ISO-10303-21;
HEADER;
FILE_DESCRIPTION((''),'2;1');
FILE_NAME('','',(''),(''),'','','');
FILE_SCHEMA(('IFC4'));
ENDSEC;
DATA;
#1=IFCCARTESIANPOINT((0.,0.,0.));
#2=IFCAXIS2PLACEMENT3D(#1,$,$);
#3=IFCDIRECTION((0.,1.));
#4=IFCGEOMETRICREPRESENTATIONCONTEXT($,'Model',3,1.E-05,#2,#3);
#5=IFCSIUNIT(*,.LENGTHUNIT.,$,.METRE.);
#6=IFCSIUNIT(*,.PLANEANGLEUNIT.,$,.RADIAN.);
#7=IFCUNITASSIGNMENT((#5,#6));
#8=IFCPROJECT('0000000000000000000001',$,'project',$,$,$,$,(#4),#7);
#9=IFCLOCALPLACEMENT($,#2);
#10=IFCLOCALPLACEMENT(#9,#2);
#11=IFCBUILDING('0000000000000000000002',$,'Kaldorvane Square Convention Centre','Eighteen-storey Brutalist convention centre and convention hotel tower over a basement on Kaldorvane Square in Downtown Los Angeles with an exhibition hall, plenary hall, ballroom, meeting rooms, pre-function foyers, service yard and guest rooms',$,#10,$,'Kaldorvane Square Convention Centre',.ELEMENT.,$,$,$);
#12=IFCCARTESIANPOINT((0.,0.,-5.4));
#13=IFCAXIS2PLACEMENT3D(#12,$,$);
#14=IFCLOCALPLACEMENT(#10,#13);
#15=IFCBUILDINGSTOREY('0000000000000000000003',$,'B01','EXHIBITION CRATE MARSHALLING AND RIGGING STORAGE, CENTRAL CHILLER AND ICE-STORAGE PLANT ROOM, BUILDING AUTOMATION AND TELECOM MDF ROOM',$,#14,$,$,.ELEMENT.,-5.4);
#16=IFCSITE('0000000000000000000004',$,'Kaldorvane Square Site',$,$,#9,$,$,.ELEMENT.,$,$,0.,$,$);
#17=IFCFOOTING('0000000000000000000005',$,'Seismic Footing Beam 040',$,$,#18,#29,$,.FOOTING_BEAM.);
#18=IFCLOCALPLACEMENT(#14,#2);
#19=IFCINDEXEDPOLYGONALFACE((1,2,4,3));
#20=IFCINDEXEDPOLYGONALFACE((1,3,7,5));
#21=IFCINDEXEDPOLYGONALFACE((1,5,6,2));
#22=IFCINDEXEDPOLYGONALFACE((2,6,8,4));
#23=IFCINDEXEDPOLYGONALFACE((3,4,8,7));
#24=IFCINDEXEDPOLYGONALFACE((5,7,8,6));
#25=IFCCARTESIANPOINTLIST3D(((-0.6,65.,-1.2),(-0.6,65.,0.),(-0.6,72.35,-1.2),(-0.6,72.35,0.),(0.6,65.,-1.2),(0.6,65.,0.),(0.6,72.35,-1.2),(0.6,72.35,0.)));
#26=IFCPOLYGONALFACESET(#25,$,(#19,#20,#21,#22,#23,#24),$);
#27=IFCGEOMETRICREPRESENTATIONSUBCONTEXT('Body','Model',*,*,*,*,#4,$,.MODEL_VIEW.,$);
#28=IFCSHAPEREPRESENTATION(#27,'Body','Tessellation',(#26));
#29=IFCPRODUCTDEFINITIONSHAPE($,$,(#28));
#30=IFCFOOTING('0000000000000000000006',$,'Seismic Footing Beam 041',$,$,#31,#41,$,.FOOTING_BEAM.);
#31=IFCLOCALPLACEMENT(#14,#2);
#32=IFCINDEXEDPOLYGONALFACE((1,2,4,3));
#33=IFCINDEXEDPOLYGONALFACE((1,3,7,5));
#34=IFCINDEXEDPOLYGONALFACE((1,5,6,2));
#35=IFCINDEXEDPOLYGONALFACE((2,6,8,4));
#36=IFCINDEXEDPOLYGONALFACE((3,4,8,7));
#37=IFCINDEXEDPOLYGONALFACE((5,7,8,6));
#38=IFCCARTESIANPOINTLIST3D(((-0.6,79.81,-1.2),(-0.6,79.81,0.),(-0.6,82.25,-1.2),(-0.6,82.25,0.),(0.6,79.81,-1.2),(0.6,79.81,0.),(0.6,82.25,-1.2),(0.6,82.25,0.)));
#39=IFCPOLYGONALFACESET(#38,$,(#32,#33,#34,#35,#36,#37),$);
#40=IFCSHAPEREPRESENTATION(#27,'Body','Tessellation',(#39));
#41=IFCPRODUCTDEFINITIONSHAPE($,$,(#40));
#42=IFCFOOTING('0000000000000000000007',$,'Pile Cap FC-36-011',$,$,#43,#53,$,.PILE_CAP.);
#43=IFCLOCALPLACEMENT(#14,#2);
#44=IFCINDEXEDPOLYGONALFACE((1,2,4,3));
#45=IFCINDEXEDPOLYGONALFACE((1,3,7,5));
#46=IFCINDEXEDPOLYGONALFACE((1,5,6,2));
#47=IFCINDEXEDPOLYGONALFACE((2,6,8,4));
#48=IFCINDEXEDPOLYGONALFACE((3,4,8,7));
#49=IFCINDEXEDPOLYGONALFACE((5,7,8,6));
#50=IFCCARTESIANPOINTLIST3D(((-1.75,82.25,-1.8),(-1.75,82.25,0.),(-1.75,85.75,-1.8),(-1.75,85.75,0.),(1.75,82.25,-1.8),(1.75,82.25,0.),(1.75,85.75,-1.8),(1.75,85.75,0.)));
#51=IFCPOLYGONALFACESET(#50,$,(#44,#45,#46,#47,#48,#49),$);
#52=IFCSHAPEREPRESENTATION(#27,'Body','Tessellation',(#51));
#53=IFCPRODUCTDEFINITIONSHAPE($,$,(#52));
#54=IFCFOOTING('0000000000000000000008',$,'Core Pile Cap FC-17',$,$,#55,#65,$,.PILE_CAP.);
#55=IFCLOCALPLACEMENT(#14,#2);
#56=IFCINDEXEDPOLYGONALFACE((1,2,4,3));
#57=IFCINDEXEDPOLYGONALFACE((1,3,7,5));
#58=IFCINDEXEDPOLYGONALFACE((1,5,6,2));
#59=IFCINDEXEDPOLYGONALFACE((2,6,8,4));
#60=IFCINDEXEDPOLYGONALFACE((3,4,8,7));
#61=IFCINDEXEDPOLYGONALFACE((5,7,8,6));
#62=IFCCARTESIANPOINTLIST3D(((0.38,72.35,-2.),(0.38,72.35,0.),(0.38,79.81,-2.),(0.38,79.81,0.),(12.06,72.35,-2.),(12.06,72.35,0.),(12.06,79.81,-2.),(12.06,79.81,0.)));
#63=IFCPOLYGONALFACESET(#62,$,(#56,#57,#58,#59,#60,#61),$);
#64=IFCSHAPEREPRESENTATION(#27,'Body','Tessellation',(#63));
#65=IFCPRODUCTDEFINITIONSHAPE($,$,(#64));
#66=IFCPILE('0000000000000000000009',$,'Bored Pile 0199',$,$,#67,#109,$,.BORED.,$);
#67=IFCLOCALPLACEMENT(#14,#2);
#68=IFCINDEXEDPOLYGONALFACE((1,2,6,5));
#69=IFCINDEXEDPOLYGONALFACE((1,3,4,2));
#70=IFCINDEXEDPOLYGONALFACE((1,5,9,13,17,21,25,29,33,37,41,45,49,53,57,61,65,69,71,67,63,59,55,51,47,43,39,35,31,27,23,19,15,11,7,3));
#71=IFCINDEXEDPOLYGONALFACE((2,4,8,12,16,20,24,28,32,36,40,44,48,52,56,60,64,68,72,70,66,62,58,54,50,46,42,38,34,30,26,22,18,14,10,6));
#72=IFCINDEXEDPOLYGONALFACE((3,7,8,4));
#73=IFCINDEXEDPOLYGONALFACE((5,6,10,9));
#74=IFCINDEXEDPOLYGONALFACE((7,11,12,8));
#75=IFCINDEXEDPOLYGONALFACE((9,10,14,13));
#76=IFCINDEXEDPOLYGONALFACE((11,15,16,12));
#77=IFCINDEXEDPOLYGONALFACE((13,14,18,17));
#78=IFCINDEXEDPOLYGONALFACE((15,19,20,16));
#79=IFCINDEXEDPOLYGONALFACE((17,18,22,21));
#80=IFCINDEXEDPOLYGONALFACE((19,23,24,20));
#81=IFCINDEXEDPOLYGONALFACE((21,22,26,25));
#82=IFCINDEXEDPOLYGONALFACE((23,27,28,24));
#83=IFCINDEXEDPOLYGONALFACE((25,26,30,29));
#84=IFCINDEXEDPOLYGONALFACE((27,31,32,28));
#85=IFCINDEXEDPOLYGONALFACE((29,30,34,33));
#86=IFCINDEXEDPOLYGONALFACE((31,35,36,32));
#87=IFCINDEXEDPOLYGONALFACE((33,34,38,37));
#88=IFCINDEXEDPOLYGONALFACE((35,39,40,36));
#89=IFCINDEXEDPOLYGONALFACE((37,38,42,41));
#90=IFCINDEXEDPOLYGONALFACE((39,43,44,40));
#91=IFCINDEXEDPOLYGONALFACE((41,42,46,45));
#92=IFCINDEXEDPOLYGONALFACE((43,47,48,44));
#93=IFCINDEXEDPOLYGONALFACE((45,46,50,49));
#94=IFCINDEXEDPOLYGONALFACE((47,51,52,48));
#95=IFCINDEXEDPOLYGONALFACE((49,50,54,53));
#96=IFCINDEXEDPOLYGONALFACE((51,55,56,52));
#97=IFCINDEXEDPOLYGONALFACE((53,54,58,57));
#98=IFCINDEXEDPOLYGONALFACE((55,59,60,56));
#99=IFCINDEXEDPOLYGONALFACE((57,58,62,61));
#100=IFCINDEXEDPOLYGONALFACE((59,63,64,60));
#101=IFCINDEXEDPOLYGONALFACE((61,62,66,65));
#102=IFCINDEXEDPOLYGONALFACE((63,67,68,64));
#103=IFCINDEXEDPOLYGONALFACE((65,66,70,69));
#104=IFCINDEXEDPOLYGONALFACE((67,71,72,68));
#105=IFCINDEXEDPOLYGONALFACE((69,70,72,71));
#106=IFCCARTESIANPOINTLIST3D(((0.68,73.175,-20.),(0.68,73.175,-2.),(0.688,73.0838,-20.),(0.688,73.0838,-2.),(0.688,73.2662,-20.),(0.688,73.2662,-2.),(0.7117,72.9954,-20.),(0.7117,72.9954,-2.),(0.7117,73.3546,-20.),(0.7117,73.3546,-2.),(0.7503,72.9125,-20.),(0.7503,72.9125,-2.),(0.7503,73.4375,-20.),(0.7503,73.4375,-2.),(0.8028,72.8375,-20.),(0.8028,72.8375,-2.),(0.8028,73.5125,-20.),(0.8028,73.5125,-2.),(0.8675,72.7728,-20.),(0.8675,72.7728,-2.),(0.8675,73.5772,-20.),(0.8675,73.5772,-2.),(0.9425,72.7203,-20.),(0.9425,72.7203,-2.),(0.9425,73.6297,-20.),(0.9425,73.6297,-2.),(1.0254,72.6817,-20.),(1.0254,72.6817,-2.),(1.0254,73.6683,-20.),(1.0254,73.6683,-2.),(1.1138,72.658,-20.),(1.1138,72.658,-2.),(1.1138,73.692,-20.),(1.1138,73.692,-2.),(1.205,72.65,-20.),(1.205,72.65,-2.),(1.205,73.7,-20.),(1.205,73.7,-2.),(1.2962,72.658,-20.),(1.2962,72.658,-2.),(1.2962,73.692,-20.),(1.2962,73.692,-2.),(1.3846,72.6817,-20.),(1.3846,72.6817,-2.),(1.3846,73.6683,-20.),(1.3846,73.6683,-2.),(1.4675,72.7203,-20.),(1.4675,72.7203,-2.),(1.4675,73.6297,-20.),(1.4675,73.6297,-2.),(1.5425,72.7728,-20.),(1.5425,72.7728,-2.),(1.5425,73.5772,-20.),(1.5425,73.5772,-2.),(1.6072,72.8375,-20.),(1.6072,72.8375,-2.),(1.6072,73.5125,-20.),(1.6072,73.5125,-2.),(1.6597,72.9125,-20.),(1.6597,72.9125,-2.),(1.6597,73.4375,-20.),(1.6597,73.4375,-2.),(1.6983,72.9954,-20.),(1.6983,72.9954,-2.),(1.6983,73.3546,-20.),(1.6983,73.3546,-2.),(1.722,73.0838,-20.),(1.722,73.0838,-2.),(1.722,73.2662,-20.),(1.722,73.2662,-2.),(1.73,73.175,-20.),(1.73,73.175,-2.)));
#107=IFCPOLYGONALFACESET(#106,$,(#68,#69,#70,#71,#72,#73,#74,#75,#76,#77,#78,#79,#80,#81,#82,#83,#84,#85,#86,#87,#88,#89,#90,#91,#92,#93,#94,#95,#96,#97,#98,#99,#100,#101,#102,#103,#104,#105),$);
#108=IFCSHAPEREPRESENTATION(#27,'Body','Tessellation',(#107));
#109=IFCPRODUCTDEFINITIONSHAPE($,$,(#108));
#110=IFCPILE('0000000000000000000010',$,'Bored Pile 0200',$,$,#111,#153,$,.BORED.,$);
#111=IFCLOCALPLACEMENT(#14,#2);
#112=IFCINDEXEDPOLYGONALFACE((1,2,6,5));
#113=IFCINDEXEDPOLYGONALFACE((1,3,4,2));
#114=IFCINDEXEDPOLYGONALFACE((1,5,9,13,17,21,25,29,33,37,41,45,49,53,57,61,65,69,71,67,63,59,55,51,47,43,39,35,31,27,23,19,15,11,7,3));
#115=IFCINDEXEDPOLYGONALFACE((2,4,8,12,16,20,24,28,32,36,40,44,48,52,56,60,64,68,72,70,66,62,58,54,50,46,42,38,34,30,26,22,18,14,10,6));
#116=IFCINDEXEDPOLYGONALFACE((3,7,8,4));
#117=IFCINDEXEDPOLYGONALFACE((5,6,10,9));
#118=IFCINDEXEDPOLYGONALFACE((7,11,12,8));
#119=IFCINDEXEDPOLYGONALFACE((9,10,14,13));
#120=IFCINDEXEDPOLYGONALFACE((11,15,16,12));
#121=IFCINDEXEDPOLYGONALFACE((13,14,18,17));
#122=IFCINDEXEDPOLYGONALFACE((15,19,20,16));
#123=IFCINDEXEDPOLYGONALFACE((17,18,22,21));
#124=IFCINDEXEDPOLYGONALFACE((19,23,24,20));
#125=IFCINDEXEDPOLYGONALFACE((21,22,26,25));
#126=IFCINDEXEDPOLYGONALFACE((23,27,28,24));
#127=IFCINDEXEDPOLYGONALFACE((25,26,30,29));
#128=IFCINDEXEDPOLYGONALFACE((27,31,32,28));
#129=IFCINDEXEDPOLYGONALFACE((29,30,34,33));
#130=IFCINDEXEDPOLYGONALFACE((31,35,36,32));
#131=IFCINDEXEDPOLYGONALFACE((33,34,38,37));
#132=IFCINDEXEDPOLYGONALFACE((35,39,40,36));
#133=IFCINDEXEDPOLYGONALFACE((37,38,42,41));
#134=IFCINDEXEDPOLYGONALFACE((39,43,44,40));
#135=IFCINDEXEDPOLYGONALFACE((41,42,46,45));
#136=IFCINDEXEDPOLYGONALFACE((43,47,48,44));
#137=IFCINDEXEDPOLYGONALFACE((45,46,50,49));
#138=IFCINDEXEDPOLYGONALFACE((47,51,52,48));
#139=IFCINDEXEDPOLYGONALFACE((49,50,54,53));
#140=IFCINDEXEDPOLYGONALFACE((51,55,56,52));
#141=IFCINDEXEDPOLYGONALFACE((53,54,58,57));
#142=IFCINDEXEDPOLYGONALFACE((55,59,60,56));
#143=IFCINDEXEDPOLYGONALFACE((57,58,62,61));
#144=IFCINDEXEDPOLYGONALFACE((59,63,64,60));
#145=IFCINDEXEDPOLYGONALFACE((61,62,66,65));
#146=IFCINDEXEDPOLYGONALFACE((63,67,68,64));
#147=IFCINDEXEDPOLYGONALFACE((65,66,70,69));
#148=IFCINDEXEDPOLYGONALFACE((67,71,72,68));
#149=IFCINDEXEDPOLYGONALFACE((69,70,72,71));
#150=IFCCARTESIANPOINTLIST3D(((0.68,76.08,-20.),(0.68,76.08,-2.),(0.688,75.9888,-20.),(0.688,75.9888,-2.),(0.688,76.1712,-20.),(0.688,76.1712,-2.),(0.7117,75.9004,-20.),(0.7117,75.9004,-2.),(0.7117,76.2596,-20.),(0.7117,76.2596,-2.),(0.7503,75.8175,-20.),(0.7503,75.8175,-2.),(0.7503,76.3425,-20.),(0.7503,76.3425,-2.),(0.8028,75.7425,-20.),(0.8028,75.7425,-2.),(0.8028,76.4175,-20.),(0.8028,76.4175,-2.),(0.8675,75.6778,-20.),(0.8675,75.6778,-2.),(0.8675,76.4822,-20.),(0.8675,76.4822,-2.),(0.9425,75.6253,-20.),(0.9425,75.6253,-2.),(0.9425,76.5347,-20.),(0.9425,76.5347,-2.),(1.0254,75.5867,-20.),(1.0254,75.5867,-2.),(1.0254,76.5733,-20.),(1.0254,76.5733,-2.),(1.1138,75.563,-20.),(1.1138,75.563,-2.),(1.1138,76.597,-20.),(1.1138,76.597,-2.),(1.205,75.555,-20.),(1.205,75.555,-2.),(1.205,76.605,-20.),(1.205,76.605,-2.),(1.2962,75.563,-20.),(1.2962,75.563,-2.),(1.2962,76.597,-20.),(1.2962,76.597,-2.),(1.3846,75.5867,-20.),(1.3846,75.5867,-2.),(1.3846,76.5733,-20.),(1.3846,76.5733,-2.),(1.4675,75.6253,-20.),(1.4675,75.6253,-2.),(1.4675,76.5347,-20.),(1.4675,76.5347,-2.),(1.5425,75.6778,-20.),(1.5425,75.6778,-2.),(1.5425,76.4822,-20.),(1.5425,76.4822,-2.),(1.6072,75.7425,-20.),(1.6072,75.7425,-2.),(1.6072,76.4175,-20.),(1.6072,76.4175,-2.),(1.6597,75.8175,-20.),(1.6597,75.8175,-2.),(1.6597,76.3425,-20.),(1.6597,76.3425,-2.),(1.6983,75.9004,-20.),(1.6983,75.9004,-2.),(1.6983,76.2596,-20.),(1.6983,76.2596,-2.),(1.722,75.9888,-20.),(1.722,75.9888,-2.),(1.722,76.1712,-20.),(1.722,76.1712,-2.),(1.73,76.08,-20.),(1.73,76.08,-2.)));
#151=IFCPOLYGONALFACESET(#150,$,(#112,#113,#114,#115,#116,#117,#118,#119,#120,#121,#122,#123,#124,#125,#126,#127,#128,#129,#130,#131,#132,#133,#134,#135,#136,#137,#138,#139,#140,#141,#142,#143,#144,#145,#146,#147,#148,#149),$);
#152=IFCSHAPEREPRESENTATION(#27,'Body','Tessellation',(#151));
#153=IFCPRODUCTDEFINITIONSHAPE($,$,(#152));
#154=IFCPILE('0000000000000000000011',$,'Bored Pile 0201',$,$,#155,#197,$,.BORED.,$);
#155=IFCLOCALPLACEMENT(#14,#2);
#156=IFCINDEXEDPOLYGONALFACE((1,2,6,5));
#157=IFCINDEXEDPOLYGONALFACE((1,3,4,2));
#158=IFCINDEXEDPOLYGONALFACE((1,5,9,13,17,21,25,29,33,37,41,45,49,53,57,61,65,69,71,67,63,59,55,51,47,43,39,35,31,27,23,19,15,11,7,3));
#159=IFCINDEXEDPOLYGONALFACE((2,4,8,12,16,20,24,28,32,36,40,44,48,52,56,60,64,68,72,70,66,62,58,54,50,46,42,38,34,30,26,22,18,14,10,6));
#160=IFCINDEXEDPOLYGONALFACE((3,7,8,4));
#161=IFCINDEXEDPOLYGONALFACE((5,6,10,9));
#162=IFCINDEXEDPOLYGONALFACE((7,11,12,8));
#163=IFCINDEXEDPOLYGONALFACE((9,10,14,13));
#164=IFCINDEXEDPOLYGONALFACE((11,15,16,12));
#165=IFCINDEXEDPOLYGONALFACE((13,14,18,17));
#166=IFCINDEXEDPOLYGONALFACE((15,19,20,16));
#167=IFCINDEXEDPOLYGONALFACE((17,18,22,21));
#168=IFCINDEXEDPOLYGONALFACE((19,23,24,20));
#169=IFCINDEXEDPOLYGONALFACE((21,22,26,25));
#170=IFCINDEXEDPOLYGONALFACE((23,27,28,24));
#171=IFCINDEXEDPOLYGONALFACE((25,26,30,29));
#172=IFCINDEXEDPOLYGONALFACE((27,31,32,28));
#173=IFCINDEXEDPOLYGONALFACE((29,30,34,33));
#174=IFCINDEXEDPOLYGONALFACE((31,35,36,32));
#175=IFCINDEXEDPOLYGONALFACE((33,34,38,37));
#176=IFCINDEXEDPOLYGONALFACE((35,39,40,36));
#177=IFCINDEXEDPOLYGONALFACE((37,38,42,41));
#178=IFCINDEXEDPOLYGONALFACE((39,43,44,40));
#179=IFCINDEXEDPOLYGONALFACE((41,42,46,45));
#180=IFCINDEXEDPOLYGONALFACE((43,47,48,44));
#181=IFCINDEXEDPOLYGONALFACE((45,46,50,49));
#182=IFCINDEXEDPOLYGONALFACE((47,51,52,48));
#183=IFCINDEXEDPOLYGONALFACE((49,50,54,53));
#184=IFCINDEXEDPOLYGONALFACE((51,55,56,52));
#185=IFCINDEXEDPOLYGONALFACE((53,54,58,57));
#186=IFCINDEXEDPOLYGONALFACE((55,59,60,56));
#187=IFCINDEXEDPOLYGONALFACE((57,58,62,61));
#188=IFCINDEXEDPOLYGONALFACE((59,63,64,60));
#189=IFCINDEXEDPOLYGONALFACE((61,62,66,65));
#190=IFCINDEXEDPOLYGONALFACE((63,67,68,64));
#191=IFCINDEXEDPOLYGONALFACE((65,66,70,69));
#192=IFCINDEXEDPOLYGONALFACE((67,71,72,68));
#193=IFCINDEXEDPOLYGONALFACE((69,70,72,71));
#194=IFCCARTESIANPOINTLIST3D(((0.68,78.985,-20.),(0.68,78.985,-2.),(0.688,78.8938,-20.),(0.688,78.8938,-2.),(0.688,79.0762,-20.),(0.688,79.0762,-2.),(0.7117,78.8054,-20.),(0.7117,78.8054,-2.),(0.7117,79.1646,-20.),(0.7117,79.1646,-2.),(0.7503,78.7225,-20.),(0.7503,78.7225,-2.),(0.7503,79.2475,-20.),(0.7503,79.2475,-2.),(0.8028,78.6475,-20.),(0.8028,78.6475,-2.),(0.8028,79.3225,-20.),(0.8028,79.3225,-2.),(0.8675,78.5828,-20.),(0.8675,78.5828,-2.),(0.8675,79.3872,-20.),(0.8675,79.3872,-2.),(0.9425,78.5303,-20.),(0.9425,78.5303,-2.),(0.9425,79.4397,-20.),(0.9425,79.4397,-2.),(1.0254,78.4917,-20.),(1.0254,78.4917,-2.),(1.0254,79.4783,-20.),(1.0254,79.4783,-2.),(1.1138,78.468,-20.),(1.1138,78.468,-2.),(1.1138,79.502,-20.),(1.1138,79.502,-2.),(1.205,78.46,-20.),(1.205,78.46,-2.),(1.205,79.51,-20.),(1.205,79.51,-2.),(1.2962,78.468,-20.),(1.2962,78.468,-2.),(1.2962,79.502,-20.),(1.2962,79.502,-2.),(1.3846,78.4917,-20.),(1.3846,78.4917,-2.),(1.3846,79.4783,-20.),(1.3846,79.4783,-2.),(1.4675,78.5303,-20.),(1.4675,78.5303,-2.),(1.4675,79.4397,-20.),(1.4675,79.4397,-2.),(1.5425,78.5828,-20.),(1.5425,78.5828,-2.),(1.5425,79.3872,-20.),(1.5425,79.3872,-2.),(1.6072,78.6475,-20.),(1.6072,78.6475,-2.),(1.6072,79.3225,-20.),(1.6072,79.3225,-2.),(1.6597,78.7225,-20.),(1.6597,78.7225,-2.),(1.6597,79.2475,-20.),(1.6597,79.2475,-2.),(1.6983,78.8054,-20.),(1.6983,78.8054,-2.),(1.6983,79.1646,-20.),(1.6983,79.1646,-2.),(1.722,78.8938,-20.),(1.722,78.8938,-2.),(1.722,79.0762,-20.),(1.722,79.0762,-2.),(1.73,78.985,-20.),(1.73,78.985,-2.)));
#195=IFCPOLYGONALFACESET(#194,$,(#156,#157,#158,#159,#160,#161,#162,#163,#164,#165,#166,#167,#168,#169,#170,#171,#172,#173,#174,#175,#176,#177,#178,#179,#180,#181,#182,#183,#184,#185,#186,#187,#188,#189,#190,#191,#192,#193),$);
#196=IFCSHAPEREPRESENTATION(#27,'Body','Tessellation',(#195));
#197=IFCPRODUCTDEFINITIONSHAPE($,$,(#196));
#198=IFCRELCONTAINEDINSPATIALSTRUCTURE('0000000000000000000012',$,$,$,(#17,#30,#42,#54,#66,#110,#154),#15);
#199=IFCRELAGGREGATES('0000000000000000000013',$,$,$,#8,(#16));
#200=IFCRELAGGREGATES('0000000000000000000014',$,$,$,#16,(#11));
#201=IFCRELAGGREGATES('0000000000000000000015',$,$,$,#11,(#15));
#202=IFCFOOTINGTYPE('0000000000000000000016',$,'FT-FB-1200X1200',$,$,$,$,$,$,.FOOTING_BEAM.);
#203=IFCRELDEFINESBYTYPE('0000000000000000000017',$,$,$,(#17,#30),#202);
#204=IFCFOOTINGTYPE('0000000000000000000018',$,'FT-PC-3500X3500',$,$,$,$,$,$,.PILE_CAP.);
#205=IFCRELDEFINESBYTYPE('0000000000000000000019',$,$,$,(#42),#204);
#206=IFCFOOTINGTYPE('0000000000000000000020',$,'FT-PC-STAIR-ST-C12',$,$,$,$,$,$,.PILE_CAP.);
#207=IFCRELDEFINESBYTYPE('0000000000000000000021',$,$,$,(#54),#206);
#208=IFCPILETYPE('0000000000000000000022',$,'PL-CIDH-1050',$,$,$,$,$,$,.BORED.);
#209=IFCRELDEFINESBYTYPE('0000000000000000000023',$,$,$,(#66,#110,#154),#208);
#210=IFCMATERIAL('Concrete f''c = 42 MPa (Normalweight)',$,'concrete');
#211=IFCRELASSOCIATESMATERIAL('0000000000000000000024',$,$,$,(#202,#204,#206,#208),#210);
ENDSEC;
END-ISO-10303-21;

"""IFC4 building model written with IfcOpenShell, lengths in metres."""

from ifc_helpers import new_model, si_unit, direction, frame, origin, origin_2d, place, context, subcontext, project, spatial, rectangle, circle, extrude, material, material_profile, profile_set, type_object, element, save


model = new_model("IFC4")

# Units and contexts
model_context = context("Model", 3, precision=1e-05, world=origin(), true_north=direction((0.0, 1.0)))
body_context = subcontext(model_context, "Body", "Model", "MODEL_VIEW")
ifc_project = project(units=[si_unit("LENGTHUNIT", "METRE"), si_unit("PLANEANGLEUNIT", "RADIAN")], contexts=[model_context])

# Site, building, storey
site_placement = place(None, origin())
site = spatial("IfcSite", under=ifc_project, at=site_placement, Name="Kaldorvane Square Site", CompositionType="ELEMENT", RefElevation=0.0)
building_placement = place(site_placement, origin())
building = spatial("IfcBuilding", under=site, at=building_placement, Name="Kaldorvane Square Convention Centre", Description="Eighteen-storey Brutalist convention centre and convention hotel tower over a basement on Kaldorvane Square in Downtown Los Angeles with an exhibition hall, plenary hall, ballroom, meeting rooms, pre-function foyers, service yard and guest rooms", LongName="Kaldorvane Square Convention Centre", CompositionType="ELEMENT")
storey_placement = place(building_placement, frame((0.0, 0.0, -5.4)))
storey = spatial("IfcBuildingStorey", under=building, at=storey_placement, Name="B01", Description="EXHIBITION CRATE MARSHALLING AND RIGGING STORAGE, CENTRAL CHILLER AND ICE-STORAGE PLANT ROOM, BUILDING AUTOMATION AND TELECOM MDF ROOM", CompositionType="ELEMENT", Elevation=-5.4)

# Footings
ifc_material_1 = material(Name="Concrete f'c = 42 MPa (Normalweight)", Category="concrete")
footing_type_1 = type_object("IfcFootingType", Name="FT-FB-1200X1200", PredefinedType="FOOTING_BEAM", material=ifc_material_1)
footing_1_placement = place(storey_placement, frame((0.0, 68.675, -1.2), z_axis=(0.0, 0.0, 1.0), x_axis=(1.0, 0.0, 0.0)))
element("IfcFooting", 1, at=footing_1_placement, inside=storey, type_object=footing_type_1, Name="Seismic Footing Beam 040", PredefinedType="FOOTING_BEAM", context=body_context, shape_type="SweptSolid", body=[
    extrude(rectangle(XDim=1.2, YDim=7.35, at=origin_2d()), origin(), (0.0, 0.0, 1.0), 1.2),
])
footing_2_placement = place(storey_placement, frame((0.0, 81.03, -1.2), z_axis=(0.0, 0.0, 1.0), x_axis=(1.0, 0.0, 0.0)))
element("IfcFooting", 2, at=footing_2_placement, inside=storey, type_object=footing_type_1, Name="Seismic Footing Beam 041", PredefinedType="FOOTING_BEAM", context=body_context, shape_type="SweptSolid", body=[
    extrude(rectangle(XDim=1.2, YDim=2.44, at=origin_2d()), origin(), (0.0, 0.0, 1.0), 1.2),
])
footing_type_2 = type_object("IfcFootingType", Name="FT-PC-3500X3500", PredefinedType="PILE_CAP", material=ifc_material_1)
footing_3_placement = place(storey_placement, frame((0.0, 84.0, -1.8), z_axis=(0.0, 0.0, 1.0), x_axis=(1.0, 0.0, 0.0)))
element("IfcFooting", 3, at=footing_3_placement, inside=storey, type_object=footing_type_2, Name="Pile Cap FC-36-011", PredefinedType="PILE_CAP", context=body_context, shape_type="SweptSolid", body=[
    extrude(rectangle(XDim=3.5, YDim=3.5, at=origin_2d()), origin(), (0.0, 0.0, 1.0), 1.8),
])
footing_type_3 = type_object("IfcFootingType", Name="FT-PC-STAIR-ST-C12", PredefinedType="PILE_CAP", material=ifc_material_1)
footing_4_placement = place(storey_placement, frame((6.22, 76.08, -2.0), z_axis=(0.0, 0.0, 1.0), x_axis=(1.0, 0.0, 0.0)))
element("IfcFooting", 4, at=footing_4_placement, inside=storey, type_object=footing_type_3, Name="Core Pile Cap FC-17", PredefinedType="PILE_CAP", context=body_context, shape_type="SweptSolid", body=[
    extrude(rectangle(XDim=11.68, YDim=7.46, at=origin_2d()), origin(), (0.0, 0.0, 1.0), 2.0),
])

# Piles
ifc_material_profile_1 = material_profile(ifc_material_1, circle(Radius=0.525, at=origin_2d()), Name="PILE-D1050")
ifc_profile_set_1 = profile_set([ifc_material_profile_1], Name="Concrete f'c = 42 MPa (Normalweight)")
pile_type_1 = type_object("IfcPileType", Name="PL-CIDH-1050", PredefinedType="BORED", material=ifc_profile_set_1)
for number, where, z_axis, x_axis, name in (
    (5, (1.205, 73.175, -2.0), (0.0, 0.0, -1.0), (1.0, 0.0, 0.0), "Bored Pile 0199"),
    (6, (1.205, 76.08, -2.0), (0.0, 0.0, -1.0), (1.0, 0.0, 0.0), "Bored Pile 0200"),
    (7, (1.205, 78.985, -2.0), (0.0, 0.0, -1.0), (1.0, 0.0, 0.0), "Bored Pile 0201"),
):
    element("IfcPile", number, at=place(storey_placement, frame(where, z_axis=z_axis, x_axis=x_axis)), inside=storey, type_object=pile_type_1, Name=name, PredefinedType="BORED", context=body_context, shape_type="SweptSolid", body=[
        extrude(circle(Radius=0.525, at=origin_2d()), origin(), (0.0, 0.0, 1.0), 18.0),
    ])

save(model, "model.ifc")
